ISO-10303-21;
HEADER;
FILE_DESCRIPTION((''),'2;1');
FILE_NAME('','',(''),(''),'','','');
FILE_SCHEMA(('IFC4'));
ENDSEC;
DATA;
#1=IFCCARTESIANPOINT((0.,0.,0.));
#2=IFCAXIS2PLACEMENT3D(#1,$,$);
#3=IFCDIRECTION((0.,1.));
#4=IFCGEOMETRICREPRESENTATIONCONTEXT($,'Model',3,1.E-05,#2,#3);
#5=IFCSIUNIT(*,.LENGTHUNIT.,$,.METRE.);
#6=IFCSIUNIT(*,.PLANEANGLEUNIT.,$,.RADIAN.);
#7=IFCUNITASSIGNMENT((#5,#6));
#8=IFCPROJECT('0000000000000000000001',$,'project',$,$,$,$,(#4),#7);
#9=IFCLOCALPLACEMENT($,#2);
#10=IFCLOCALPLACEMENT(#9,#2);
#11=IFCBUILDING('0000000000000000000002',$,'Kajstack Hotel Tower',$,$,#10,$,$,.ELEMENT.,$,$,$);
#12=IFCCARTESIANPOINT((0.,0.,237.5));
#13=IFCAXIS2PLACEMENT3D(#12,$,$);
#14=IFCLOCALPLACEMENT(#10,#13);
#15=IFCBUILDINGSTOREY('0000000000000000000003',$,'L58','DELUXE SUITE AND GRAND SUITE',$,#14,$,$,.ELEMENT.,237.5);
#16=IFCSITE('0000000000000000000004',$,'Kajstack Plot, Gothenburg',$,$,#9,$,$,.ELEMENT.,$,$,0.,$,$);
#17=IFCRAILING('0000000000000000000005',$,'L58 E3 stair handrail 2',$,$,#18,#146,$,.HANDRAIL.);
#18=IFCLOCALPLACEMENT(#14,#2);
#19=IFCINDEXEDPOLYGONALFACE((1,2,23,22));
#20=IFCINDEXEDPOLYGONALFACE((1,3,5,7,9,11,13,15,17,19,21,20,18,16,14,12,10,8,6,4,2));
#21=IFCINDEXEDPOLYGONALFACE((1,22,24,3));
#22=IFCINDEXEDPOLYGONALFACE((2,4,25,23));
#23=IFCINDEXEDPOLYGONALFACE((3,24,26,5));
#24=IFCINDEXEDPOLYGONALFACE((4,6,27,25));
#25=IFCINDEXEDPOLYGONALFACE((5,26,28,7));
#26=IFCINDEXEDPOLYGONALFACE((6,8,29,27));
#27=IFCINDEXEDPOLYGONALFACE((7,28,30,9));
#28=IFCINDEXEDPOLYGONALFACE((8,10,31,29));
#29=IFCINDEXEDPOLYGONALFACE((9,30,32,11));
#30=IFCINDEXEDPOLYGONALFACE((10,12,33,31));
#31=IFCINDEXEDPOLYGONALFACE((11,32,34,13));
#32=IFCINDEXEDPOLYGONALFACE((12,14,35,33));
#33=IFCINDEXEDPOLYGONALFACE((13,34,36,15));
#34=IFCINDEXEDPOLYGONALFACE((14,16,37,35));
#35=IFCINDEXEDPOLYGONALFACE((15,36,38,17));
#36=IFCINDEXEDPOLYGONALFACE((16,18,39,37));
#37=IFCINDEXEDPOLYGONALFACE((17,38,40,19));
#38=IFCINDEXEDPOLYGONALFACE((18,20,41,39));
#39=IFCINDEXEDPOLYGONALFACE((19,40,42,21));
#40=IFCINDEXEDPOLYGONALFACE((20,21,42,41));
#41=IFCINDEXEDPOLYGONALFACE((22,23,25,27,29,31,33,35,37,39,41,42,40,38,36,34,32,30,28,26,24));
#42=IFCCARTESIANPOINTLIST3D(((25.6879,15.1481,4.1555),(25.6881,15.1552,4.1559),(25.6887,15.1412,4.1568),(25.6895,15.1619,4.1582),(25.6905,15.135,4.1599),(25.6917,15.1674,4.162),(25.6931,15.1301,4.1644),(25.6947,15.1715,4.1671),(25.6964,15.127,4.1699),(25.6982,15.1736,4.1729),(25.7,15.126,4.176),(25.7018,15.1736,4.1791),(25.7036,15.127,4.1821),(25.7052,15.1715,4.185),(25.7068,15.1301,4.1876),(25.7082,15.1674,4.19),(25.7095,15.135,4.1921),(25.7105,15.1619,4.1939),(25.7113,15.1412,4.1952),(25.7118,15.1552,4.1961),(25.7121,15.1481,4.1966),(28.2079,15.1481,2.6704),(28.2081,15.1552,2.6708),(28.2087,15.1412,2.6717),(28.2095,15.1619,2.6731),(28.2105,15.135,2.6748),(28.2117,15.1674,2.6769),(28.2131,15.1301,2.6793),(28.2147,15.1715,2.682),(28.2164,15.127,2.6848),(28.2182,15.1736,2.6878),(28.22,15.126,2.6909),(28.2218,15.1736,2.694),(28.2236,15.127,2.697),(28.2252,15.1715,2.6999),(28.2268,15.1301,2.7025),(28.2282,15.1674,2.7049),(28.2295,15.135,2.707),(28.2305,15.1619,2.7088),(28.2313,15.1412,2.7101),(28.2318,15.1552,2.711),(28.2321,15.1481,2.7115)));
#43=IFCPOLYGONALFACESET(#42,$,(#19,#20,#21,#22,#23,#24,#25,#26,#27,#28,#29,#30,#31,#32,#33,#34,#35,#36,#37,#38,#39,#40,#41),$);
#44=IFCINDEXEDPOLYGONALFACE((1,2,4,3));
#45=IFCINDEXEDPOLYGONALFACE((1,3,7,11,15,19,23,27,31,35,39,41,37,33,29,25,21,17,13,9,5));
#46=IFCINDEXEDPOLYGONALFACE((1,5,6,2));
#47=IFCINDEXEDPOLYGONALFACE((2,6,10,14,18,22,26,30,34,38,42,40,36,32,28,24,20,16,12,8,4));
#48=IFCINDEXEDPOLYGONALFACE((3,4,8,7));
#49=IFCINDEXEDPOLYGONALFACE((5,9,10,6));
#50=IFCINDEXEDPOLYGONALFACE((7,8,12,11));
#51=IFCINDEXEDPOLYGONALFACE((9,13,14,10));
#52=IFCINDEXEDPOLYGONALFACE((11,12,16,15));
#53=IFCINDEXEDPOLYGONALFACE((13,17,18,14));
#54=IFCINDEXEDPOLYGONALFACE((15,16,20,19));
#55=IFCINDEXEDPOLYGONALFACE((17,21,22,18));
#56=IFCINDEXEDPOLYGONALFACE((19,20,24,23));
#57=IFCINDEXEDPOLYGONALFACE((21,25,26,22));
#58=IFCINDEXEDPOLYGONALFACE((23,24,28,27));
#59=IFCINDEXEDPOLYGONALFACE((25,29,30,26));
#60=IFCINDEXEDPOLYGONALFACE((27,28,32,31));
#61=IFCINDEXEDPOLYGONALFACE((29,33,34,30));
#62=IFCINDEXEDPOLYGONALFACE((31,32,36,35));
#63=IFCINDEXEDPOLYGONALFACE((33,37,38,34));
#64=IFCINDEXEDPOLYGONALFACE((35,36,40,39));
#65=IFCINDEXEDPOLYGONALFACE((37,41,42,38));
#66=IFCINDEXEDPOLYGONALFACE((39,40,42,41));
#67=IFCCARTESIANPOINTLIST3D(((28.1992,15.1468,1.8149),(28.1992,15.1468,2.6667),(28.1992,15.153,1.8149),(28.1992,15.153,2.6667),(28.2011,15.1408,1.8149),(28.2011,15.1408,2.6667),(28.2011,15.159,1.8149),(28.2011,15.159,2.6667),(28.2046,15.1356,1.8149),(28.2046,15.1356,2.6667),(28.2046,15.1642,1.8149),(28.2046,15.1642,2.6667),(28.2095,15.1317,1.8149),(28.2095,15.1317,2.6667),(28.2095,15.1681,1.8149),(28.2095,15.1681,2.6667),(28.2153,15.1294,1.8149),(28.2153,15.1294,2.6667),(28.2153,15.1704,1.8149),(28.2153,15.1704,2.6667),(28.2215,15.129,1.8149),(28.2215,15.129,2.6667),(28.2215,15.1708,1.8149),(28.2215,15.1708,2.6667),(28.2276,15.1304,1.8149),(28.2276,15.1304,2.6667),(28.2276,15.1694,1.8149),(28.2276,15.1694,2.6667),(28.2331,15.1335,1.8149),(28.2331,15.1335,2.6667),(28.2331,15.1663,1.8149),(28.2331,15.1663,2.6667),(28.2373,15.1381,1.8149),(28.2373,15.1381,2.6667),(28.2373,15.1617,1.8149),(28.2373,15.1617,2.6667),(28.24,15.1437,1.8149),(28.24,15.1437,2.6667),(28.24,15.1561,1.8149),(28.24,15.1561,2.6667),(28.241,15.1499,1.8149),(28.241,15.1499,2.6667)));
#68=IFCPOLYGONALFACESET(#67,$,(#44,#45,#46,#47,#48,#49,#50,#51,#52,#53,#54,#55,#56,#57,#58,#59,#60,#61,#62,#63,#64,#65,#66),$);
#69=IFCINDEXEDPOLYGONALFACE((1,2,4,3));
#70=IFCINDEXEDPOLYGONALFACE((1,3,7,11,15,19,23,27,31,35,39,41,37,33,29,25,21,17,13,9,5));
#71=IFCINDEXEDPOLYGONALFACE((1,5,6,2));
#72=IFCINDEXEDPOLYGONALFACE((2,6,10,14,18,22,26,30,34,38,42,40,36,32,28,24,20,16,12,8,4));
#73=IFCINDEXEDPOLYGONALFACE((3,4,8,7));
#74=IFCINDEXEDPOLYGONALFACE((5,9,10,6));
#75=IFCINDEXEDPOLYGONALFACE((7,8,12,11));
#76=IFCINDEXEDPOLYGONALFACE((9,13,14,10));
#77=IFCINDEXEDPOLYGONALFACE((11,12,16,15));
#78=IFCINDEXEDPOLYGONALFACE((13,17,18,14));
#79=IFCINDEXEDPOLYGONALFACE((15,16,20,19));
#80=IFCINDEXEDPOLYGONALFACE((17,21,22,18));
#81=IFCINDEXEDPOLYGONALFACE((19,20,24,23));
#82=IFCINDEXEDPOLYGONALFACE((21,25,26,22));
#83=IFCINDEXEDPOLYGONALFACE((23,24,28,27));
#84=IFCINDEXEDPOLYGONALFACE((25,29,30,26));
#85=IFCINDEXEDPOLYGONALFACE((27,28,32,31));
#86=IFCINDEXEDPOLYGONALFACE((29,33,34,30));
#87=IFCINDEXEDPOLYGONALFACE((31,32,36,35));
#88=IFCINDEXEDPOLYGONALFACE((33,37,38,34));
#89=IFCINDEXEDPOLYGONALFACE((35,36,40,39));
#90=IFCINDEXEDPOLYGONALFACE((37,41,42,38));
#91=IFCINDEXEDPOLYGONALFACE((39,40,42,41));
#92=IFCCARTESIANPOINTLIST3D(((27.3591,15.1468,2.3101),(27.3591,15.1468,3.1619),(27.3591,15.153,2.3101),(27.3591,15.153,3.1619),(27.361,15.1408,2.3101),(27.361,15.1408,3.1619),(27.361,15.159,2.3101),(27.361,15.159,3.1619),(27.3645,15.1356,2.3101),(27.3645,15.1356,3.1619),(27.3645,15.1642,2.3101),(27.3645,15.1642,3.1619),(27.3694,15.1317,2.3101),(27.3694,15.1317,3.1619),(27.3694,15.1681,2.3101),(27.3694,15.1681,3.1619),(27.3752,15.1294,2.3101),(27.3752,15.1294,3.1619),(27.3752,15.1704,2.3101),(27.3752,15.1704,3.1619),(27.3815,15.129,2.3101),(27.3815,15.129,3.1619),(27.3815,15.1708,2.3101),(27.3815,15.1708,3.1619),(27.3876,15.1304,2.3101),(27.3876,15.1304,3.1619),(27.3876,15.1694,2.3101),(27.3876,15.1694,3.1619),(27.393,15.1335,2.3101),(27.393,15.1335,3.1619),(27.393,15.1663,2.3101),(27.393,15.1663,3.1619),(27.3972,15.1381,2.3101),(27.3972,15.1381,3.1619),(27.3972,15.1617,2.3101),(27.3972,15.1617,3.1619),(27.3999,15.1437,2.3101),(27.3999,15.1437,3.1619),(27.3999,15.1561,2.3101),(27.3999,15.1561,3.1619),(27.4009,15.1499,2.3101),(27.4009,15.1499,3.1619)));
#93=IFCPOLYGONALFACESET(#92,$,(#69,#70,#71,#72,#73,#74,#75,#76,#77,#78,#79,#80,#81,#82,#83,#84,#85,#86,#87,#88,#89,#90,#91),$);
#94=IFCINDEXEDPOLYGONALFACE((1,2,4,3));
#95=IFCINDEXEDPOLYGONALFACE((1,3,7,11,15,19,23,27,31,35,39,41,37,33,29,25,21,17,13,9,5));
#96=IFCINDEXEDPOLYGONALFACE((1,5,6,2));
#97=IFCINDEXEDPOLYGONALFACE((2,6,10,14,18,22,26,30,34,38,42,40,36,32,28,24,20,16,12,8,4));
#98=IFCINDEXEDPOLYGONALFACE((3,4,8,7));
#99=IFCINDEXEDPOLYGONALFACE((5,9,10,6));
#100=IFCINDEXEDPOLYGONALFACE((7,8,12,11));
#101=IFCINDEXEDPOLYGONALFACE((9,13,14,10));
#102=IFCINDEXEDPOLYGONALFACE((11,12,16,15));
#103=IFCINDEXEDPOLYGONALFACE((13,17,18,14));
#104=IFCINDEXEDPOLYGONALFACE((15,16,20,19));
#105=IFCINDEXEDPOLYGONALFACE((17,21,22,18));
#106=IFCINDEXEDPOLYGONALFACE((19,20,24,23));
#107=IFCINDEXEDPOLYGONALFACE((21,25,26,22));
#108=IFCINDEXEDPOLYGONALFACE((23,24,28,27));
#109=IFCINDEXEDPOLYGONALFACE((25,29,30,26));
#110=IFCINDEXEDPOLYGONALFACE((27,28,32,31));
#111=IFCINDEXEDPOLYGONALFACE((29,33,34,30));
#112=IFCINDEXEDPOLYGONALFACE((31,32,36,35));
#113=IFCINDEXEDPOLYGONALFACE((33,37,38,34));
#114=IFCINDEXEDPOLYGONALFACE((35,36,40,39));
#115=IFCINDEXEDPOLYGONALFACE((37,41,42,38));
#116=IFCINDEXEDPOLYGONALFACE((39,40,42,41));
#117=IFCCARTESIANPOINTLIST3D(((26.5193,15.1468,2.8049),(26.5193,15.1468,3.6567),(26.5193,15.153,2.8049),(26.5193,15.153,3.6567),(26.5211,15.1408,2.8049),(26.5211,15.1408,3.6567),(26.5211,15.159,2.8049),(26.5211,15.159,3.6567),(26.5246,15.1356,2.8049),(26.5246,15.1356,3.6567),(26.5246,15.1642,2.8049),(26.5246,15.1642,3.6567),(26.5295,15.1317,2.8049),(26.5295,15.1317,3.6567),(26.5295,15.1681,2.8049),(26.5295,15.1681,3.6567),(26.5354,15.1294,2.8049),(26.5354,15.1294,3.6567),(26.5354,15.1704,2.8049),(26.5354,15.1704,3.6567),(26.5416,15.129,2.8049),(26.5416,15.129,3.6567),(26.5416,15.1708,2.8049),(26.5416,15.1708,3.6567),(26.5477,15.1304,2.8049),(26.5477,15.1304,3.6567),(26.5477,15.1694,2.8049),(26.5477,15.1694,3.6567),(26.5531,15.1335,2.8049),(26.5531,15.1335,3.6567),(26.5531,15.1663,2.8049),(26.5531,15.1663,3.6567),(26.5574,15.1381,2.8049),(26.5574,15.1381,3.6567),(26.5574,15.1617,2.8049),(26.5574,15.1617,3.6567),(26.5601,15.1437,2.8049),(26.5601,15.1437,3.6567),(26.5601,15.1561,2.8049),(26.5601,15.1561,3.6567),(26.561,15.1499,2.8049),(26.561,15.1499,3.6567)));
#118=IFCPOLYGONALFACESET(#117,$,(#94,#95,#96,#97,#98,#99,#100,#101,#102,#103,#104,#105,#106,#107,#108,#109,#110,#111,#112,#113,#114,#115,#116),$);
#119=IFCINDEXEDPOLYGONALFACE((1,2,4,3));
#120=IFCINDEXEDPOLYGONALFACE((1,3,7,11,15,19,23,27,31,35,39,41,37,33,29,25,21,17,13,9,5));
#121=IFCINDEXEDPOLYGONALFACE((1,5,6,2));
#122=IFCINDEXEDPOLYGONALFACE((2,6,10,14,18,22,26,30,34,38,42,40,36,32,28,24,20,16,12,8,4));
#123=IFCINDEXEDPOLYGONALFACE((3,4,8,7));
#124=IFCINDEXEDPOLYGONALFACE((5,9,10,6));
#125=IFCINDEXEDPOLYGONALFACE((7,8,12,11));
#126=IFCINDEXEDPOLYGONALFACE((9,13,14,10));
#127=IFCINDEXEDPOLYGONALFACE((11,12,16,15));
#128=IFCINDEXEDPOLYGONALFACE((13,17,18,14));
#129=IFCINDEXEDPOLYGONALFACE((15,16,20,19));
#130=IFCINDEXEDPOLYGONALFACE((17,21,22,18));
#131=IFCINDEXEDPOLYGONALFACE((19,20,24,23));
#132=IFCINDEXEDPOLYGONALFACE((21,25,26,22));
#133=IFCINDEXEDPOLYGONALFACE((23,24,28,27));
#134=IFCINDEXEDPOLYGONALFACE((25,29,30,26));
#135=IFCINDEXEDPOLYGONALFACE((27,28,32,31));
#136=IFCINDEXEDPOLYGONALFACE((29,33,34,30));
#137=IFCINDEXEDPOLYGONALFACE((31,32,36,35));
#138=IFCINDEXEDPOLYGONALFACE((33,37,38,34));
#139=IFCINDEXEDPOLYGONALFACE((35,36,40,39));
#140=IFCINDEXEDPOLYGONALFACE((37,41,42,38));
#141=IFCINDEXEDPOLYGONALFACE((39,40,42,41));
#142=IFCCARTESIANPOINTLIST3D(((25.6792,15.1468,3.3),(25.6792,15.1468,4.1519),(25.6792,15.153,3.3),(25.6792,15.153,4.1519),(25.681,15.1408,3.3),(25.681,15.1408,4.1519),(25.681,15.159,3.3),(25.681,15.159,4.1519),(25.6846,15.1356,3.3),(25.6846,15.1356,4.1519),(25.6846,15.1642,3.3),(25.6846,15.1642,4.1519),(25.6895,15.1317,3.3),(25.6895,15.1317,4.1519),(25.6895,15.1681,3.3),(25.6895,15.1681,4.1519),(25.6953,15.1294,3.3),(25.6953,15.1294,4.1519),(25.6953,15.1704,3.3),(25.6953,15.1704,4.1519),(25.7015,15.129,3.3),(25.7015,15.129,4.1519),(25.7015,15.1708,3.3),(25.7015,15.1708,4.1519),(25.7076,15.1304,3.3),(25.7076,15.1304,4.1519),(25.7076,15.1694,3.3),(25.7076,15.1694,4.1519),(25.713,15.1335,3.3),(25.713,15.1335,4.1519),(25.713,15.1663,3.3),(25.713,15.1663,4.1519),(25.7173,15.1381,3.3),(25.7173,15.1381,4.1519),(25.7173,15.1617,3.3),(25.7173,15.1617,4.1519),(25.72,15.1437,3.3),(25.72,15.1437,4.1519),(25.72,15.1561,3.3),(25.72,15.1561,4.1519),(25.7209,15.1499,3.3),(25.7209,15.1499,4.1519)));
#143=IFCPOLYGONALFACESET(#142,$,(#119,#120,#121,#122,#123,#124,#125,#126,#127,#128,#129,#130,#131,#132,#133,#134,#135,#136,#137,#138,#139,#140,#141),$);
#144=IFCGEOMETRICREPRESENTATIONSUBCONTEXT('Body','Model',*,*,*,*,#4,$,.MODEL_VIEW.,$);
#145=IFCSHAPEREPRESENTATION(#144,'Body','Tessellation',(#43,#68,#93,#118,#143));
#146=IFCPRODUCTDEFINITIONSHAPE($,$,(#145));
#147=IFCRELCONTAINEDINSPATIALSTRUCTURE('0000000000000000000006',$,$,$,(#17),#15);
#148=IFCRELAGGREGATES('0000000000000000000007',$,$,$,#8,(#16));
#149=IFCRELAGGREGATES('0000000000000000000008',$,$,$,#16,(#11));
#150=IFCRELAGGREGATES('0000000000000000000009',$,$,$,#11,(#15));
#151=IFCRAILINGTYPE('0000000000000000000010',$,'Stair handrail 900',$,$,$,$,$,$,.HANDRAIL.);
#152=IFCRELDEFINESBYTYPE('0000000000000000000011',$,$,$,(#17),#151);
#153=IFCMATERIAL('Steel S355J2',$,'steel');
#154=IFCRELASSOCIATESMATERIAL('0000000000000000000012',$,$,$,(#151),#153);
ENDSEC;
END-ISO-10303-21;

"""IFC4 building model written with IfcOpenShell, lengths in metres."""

from ifc_helpers import new_model, si_unit, direction, frame, origin, origin_2d, place, context, subcontext, project, spatial, circle, extrude, material, type_object, element, save


model = new_model("IFC4")

# Units and contexts
model_context = context("Model", 3, precision=1e-05, world=origin(), true_north=direction((0.0, 1.0)))
body_context = subcontext(model_context, "Body", "Model", "MODEL_VIEW")
ifc_project = project(units=[si_unit("LENGTHUNIT", "METRE"), si_unit("PLANEANGLEUNIT", "RADIAN")], contexts=[model_context])

# Site, building, storey
site_placement = place(None, origin())
site = spatial("IfcSite", under=ifc_project, at=site_placement, Name="Kajstack Plot, Gothenburg", CompositionType="ELEMENT", RefElevation=0.0)
building_placement = place(site_placement, origin())
building = spatial("IfcBuilding", under=site, at=building_placement, Name="Kajstack Hotel Tower", CompositionType="ELEMENT")
storey_placement = place(building_placement, frame((0.0, 0.0, 237.5)))
storey = spatial("IfcBuildingStorey", under=building, at=storey_placement, Name="L58", Description="DELUXE SUITE AND GRAND SUITE", CompositionType="ELEMENT", Elevation=237.5)

# Railing
ifc_material_1 = material(Name="Steel S355J2", Category="steel")
railing_type_1 = type_object("IfcRailingType", Name="Stair handrail 900", PredefinedType="HANDRAIL", material=ifc_material_1)
railing_1_placement = place(storey_placement, frame((28.22, 15.1499, 1.8149)))
element("IfcRailing", 1, at=railing_1_placement, inside=storey, type_object=railing_type_1, Name="L58 E3 stair handrail 2", PredefinedType="HANDRAIL", context=body_context, shape_type="SweptSolid", body=[
    extrude(circle(Radius=0.0239, at=origin_2d()), frame((0.0, 0.0, 0.876), z_axis=(-0.861524, 0.0, 0.507717), x_axis=(0.0, -1.0, 0.0)), (0.0, 0.0, 1.0), 2.925),
    extrude(circle(Radius=0.021, at=origin_2d()), origin(), (0.0, 0.0, 1.0), 0.8518),
    extrude(circle(Radius=0.021, at=origin_2d()), frame((-0.8401, 0.0, 0.4951)), (0.0, 0.0, 1.0), 0.8518),
    extrude(circle(Radius=0.021, at=origin_2d()), frame((-1.6799, 0.0, 0.99)), (0.0, 0.0, 1.0), 0.8518),
    extrude(circle(Radius=0.021, at=origin_2d()), frame((-2.52, 0.0, 1.4851)), (0.0, 0.0, 1.0), 0.8518),
])

save(model, "model.ifc")
